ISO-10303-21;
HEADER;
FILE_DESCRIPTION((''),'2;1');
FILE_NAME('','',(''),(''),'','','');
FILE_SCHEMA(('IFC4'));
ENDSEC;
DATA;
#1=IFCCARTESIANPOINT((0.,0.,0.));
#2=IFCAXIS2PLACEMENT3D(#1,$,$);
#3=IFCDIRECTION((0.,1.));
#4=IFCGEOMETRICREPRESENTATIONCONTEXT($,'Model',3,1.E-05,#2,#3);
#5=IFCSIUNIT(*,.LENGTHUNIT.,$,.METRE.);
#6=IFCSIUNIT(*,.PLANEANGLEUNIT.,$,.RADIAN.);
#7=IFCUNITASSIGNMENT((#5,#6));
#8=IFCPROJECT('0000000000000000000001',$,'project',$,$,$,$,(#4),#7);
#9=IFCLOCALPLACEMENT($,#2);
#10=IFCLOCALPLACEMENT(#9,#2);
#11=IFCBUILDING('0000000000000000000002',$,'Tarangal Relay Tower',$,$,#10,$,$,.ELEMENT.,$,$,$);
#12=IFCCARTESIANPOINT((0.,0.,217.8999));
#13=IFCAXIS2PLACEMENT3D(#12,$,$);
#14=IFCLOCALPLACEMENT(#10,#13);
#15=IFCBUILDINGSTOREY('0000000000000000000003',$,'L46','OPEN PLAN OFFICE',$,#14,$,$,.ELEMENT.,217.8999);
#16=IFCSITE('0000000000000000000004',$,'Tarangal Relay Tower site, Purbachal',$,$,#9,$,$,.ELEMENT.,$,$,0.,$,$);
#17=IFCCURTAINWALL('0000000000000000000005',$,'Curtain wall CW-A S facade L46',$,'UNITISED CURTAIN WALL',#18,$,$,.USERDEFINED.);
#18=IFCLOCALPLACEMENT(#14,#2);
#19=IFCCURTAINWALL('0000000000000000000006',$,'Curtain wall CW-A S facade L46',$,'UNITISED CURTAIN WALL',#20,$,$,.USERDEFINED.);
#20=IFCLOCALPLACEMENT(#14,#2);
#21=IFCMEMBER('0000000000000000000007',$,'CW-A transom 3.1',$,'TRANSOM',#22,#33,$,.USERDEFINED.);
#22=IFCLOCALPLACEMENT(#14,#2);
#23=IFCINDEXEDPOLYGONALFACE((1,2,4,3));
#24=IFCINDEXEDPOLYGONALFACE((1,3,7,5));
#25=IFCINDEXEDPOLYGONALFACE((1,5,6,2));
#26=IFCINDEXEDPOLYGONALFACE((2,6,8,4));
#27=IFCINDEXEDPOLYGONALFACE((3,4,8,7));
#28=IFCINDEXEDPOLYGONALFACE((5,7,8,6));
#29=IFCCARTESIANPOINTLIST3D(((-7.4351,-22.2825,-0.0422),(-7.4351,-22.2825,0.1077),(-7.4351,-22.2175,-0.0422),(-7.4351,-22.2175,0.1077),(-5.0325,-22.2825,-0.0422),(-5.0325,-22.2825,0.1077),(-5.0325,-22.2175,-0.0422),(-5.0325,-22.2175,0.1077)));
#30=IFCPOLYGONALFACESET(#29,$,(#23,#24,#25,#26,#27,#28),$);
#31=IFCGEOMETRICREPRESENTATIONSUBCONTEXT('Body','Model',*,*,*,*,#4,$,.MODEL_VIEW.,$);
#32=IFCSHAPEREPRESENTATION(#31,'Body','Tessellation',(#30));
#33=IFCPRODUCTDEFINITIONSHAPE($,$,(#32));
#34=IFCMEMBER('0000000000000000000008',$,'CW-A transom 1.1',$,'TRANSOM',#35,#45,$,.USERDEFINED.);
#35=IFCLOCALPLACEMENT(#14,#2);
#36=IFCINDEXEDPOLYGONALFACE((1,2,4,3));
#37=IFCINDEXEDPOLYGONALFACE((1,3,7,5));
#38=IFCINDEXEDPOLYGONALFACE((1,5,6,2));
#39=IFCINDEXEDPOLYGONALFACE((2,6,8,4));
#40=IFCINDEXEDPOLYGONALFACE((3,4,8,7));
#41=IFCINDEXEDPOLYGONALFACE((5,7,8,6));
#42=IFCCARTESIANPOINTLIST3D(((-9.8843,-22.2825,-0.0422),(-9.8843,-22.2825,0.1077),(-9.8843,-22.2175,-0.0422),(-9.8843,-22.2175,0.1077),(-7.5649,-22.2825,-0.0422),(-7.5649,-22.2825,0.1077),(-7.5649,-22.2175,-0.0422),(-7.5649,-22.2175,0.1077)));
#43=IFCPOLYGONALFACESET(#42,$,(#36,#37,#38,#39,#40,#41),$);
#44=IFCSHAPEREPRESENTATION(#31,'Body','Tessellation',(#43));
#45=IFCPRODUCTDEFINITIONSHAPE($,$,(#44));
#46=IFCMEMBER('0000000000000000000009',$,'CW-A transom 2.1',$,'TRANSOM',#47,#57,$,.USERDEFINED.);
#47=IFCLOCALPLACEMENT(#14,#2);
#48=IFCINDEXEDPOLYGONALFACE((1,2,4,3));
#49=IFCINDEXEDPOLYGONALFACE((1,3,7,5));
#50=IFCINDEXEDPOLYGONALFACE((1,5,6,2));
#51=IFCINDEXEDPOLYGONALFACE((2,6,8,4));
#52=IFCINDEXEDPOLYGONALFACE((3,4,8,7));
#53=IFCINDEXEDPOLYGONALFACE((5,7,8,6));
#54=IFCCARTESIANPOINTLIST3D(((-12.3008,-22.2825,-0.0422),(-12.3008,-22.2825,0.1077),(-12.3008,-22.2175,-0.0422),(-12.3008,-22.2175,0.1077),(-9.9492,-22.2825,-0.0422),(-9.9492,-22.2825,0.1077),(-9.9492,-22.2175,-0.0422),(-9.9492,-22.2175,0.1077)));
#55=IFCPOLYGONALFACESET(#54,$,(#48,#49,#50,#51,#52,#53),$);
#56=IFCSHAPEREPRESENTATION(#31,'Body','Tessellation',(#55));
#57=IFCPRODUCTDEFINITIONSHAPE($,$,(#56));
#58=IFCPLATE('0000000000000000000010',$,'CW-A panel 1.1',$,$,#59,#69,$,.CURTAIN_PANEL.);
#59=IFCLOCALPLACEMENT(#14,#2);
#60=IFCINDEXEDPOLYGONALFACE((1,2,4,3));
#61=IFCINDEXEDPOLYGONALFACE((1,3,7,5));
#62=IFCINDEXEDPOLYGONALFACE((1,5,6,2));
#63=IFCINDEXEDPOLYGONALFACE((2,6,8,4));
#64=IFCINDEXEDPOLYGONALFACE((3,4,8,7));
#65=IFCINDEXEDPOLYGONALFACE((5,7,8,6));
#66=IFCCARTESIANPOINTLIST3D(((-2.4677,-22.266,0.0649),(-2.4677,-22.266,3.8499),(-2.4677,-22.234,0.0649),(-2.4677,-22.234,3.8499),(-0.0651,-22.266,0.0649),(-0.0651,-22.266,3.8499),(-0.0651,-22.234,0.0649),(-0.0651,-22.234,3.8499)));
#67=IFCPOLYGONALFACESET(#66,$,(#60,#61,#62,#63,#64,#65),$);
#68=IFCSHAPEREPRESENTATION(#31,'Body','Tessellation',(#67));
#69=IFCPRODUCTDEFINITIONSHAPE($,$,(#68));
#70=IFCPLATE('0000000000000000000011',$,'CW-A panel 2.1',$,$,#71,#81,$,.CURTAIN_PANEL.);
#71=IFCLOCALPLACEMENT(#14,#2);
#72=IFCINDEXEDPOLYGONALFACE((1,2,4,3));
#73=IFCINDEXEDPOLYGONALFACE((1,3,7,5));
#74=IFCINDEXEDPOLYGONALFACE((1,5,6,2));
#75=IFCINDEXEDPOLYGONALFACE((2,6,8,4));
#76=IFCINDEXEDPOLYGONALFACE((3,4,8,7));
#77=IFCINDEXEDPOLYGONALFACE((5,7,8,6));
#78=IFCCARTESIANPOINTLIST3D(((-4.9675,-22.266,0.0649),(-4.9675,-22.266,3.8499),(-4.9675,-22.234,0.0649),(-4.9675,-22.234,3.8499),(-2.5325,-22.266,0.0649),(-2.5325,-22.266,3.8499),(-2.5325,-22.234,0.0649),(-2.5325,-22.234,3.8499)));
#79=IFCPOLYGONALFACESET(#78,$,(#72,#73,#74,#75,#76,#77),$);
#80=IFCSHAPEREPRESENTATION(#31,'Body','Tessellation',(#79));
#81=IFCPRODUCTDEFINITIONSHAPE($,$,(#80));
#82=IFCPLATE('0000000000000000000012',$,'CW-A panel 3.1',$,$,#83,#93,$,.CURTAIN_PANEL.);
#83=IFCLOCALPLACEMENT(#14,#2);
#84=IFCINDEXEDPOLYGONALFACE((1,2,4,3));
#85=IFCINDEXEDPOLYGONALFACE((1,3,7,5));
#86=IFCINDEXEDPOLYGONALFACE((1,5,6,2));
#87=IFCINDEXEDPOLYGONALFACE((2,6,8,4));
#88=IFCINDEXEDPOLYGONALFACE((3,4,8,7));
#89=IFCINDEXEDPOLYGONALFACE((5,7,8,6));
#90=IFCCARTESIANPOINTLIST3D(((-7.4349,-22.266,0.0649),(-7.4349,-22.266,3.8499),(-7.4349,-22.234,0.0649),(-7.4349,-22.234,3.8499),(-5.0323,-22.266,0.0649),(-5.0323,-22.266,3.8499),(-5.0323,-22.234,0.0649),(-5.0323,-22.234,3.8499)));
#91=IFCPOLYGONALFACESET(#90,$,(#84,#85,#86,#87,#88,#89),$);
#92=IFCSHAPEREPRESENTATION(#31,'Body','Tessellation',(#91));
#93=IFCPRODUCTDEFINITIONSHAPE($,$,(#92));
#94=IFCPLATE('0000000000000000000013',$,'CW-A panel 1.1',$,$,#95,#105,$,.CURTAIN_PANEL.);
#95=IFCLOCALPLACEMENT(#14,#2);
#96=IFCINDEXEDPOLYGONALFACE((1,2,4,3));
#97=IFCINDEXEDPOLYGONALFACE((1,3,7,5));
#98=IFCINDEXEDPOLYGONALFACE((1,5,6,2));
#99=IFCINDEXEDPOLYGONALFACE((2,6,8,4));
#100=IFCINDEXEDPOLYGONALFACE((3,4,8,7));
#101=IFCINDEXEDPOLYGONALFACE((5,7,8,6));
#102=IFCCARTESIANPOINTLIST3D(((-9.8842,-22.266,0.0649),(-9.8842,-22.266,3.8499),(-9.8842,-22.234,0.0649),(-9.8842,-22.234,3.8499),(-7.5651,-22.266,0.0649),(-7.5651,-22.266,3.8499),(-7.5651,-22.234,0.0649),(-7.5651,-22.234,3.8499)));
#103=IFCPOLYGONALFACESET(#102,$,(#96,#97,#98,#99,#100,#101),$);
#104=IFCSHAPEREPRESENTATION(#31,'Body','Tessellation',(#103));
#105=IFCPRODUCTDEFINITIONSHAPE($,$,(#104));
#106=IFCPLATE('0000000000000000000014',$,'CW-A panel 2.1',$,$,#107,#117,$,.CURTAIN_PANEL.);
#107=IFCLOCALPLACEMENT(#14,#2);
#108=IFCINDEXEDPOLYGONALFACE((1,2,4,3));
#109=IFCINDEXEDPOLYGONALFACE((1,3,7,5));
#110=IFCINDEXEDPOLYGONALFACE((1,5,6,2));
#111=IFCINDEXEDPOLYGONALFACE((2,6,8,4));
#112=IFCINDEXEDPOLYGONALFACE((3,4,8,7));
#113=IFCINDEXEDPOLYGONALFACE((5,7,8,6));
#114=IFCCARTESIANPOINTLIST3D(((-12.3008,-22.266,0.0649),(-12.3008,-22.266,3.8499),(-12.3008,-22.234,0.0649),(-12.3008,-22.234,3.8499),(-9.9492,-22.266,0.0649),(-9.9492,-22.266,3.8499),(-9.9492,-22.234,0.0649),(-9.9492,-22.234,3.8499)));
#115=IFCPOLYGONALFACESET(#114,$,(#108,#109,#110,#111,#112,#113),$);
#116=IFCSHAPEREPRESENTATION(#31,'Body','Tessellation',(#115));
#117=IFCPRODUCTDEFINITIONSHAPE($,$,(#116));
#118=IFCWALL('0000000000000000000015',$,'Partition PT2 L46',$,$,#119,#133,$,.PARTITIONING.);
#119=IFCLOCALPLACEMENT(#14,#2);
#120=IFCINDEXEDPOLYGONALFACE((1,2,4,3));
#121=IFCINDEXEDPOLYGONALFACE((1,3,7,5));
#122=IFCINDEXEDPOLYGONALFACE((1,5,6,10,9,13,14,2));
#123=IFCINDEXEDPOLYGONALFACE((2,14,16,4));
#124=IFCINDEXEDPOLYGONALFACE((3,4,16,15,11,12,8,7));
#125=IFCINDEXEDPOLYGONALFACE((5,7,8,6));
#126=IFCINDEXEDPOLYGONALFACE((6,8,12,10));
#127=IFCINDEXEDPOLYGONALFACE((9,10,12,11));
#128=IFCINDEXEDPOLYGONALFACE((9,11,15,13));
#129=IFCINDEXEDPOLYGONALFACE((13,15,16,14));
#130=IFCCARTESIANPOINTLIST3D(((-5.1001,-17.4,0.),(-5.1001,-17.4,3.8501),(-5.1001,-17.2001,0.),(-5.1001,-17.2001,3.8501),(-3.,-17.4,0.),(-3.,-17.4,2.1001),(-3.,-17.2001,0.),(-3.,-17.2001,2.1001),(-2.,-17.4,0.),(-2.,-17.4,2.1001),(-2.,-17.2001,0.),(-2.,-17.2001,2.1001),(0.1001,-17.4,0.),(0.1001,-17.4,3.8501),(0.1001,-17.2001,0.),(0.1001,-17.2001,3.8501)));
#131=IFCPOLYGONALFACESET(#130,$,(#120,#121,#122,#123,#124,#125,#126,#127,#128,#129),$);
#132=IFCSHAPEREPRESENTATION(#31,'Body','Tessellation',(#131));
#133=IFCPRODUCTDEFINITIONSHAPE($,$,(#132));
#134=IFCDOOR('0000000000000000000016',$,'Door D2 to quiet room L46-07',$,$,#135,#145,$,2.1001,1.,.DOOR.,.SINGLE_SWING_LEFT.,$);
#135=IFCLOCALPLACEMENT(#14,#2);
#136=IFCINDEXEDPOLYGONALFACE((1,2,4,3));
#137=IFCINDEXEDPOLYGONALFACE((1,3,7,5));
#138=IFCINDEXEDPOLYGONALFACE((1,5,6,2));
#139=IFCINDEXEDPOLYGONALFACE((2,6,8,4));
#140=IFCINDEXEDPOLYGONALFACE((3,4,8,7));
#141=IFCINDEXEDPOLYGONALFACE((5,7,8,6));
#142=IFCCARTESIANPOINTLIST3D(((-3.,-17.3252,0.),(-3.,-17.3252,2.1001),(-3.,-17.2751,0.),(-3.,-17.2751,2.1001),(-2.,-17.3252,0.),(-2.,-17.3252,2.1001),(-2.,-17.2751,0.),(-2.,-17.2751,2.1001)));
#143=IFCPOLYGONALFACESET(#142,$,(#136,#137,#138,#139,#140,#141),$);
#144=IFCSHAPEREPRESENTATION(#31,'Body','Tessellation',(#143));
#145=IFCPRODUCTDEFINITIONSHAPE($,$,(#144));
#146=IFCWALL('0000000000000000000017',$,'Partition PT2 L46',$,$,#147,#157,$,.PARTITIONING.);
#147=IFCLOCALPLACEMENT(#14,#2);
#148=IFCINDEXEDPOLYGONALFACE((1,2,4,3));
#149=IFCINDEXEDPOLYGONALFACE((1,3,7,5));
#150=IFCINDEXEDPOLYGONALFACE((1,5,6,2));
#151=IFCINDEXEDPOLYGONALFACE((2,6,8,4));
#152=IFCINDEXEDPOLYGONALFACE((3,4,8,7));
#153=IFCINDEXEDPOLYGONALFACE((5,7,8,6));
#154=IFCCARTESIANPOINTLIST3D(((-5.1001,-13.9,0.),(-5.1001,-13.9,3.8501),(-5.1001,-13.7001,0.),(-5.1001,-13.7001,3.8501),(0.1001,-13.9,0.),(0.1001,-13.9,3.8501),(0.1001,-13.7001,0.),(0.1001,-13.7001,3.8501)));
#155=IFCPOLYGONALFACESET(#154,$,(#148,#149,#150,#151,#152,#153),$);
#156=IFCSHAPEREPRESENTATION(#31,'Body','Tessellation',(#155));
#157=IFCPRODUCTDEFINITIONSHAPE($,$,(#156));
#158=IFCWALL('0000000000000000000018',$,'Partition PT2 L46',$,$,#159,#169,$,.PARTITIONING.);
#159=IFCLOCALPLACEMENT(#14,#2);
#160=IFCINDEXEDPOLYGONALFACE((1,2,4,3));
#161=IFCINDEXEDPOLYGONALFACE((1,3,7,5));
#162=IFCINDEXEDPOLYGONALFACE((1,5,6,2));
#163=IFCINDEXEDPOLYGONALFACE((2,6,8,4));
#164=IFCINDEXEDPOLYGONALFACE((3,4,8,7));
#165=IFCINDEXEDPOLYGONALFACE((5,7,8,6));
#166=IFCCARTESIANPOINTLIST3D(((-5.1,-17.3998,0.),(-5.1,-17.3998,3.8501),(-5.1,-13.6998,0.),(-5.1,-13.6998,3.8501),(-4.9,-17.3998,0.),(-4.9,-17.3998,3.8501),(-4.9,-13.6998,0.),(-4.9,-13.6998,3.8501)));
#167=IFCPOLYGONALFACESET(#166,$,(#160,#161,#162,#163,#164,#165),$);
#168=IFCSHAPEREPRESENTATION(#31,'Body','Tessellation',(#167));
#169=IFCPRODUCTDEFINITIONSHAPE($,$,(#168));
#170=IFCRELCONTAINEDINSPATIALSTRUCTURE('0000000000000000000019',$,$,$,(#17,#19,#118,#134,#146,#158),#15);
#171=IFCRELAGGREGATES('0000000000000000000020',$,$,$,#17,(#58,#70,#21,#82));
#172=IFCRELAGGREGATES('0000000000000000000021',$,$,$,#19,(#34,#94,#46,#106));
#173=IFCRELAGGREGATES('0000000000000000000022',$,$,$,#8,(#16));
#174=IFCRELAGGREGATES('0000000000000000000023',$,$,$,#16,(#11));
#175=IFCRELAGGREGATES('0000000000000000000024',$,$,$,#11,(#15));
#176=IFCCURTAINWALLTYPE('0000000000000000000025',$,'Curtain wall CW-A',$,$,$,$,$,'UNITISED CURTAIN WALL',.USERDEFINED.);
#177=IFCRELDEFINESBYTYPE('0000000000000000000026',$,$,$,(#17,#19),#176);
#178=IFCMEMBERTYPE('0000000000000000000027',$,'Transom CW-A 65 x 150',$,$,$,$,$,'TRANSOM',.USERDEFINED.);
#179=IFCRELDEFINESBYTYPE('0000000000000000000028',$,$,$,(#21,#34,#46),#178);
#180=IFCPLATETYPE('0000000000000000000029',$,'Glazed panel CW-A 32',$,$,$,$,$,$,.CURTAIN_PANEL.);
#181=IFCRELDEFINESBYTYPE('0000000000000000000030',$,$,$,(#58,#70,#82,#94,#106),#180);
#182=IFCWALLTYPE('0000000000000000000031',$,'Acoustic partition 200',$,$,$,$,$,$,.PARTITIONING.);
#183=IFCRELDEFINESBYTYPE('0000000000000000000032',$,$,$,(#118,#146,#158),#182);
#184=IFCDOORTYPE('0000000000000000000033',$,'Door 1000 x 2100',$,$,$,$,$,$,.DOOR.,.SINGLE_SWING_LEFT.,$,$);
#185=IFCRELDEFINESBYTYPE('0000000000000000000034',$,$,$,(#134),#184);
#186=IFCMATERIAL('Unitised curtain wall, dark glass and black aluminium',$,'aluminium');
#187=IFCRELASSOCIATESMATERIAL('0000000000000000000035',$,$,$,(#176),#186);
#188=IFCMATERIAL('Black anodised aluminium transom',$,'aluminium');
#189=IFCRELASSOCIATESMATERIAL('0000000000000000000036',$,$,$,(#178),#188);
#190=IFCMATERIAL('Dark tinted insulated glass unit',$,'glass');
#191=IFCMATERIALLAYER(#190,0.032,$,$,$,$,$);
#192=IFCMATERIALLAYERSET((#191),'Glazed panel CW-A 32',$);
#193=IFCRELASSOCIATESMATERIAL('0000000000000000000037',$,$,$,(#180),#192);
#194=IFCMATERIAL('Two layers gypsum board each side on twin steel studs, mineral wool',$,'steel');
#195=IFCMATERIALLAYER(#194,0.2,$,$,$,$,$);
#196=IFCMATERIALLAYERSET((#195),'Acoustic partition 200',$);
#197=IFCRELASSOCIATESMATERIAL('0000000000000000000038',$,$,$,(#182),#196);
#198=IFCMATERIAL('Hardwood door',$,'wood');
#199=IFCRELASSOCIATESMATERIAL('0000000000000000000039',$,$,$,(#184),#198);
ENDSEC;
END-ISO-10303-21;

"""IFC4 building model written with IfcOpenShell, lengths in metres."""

from ifc_helpers import new_model, si_unit, direction, frame, frame_2d, origin, origin_2d, place, context, subcontext, project, spatial, rectangle, extrude, material, layer, layer_set, material_profile, profile_set, type_object, element, fill, aggregate, save


model = new_model("IFC4")

# Units and contexts
model_context = context("Model", 3, precision=1e-05, world=origin(), true_north=direction((0.0, 1.0)))
body_context = subcontext(model_context, "Body", "Model", "MODEL_VIEW")
ifc_project = project(units=[si_unit("LENGTHUNIT", "METRE"), si_unit("PLANEANGLEUNIT", "RADIAN")], contexts=[model_context])

# Site, building, storey
site_placement = place(None, origin())
site = spatial("IfcSite", under=ifc_project, at=site_placement, Name="Tarangal Relay Tower site, Purbachal", CompositionType="ELEMENT", RefElevation=0.0)
building_placement = place(site_placement, origin())
building = spatial("IfcBuilding", under=site, at=building_placement, Name="Tarangal Relay Tower", CompositionType="ELEMENT")
storey_placement = place(building_placement, frame((0.0, 0.0, 217.8999)))
storey = spatial("IfcBuildingStorey", under=building, at=storey_placement, Name="L46", Description="OPEN PLAN OFFICE", CompositionType="ELEMENT", Elevation=217.8999)

# Curtain walls
ifc_material_1 = material(Name="Unitised curtain wall, dark glass and black aluminium", Category="aluminium")
curtain_wall_type = type_object("IfcCurtainWallType", Name="Curtain wall CW-A", ElementType="UNITISED CURTAIN WALL", PredefinedType="USERDEFINED", material=ifc_material_1)
curtain_wall_1_placement = place(storey_placement, origin())
curtain_wall_1 = element("IfcCurtainWall", 1, at=curtain_wall_1_placement, inside=storey, type_object=curtain_wall_type, Name="Curtain wall CW-A S facade L46", ObjectType="UNITISED CURTAIN WALL", PredefinedType="USERDEFINED")
curtain_wall_2_placement = place(storey_placement, origin())
curtain_wall_2 = element("IfcCurtainWall", 2, at=curtain_wall_2_placement, inside=storey, type_object=curtain_wall_type, Name="Curtain wall CW-A S facade L46", ObjectType="UNITISED CURTAIN WALL", PredefinedType="USERDEFINED")

# Members
ifc_material_2 = material(Name="Black anodised aluminium transom", Category="aluminium")
ifc_material_profile_1 = material_profile(ifc_material_2, rectangle(XDim=0.0649, YDim=0.1499, at=origin_2d()), Name="CW-AT 65X150")
ifc_profile_set_1 = profile_set([ifc_material_profile_1], Name="Black anodised aluminium transom")
member_type_1 = type_object("IfcMemberType", Name="Transom CW-A 65 x 150", ElementType="TRANSOM", PredefinedType="USERDEFINED", material=ifc_profile_set_1)
member_1_placement = place(storey_placement, frame((-5.0325, -22.25, 0.0327), z_axis=(-1.0, 0.0, 0.0), x_axis=(0.0, -1.0, 0.0)))
member_1 = element("IfcMember", 3, at=member_1_placement, type_object=member_type_1, Name="CW-A transom 3.1", ObjectType="TRANSOM", PredefinedType="USERDEFINED", context=body_context, shape_type="SweptSolid", body=[
    extrude(rectangle(XDim=0.0649, YDim=0.1499, at=origin_2d()), origin(), (0.0, 0.0, 1.0), 2.4026),
])
member_2_placement = place(storey_placement, frame((-7.5649, -22.25, 0.0327), z_axis=(-1.0, 0.0, 0.0), x_axis=(0.0, -1.0, 0.0)))
member_2 = element("IfcMember", 4, at=member_2_placement, type_object=member_type_1, Name="CW-A transom 1.1", ObjectType="TRANSOM", PredefinedType="USERDEFINED", context=body_context, shape_type="SweptSolid", body=[
    extrude(rectangle(XDim=0.0649, YDim=0.1499, at=origin_2d()), origin(), (0.0, 0.0, 1.0), 2.3193),
])
member_3_placement = place(storey_placement, frame((-9.9492, -22.25, 0.0327), z_axis=(-1.0, 0.0, 0.0), x_axis=(0.0, -1.0, 0.0)))
member_3 = element("IfcMember", 5, at=member_3_placement, type_object=member_type_1, Name="CW-A transom 2.1", ObjectType="TRANSOM", PredefinedType="USERDEFINED", context=body_context, shape_type="SweptSolid", body=[
    extrude(rectangle(XDim=0.0649, YDim=0.1499, at=origin_2d()), origin(), (0.0, 0.0, 1.0), 2.3516),
])

# Plates
ifc_material_3 = material(Name="Dark tinted insulated glass unit", Category="glass")
ifc_layer_1 = layer(ifc_material_3, 0.032)
ifc_layer_set_1 = layer_set([ifc_layer_1], Name="Glazed panel CW-A 32")
plate_type = type_object("IfcPlateType", Name="Glazed panel CW-A 32", PredefinedType="CURTAIN_PANEL", material=ifc_layer_set_1)
plate_1_placement = place(storey_placement, frame((-1.2664, -22.25, 0.0649), z_axis=(0.0, 0.0, 1.0), x_axis=(-1.0, 0.0, 0.0)))
plate_1 = element("IfcPlate", 6, at=plate_1_placement, type_object=plate_type, Name="CW-A panel 1.1", PredefinedType="CURTAIN_PANEL", context=body_context, shape_type="SweptSolid", body=[
    extrude(rectangle(XDim=2.4026, YDim=0.032, at=origin_2d()), origin(), (0.0, 0.0, 1.0), 3.7849),
])
plate_2_placement = place(storey_placement, frame((-3.75, -22.25, 0.0649), z_axis=(0.0, 0.0, 1.0), x_axis=(-1.0, 0.0, 0.0)))
plate_2 = element("IfcPlate", 7, at=plate_2_placement, type_object=plate_type, Name="CW-A panel 2.1", PredefinedType="CURTAIN_PANEL", context=body_context, shape_type="SweptSolid", body=[
    extrude(rectangle(XDim=2.4351, YDim=0.032, at=origin_2d()), origin(), (0.0, 0.0, 1.0), 3.7849),
])
plate_3_placement = place(storey_placement, frame((-6.2336, -22.25, 0.0649), z_axis=(0.0, 0.0, 1.0), x_axis=(-1.0, 0.0, 0.0)))
plate_3 = element("IfcPlate", 8, at=plate_3_placement, type_object=plate_type, Name="CW-A panel 3.1", PredefinedType="CURTAIN_PANEL", context=body_context, shape_type="SweptSolid", body=[
    extrude(rectangle(XDim=2.4026, YDim=0.032, at=origin_2d()), origin(), (0.0, 0.0, 1.0), 3.7849),
])
aggregate(curtain_wall_1, [plate_1, plate_2, member_1, plate_3])
plate_4_placement = place(storey_placement, frame((-8.7246, -22.25, 0.0649), z_axis=(0.0, 0.0, 1.0), x_axis=(-1.0, 0.0, 0.0)))
plate_4 = element("IfcPlate", 9, at=plate_4_placement, type_object=plate_type, Name="CW-A panel 1.1", PredefinedType="CURTAIN_PANEL", context=body_context, shape_type="SweptSolid", body=[
    extrude(rectangle(XDim=2.3191, YDim=0.032, at=origin_2d()), origin(), (0.0, 0.0, 1.0), 3.7849),
])
plate_5_placement = place(storey_placement, frame((-11.125, -22.25, 0.0649), z_axis=(0.0, 0.0, 1.0), x_axis=(-1.0, 0.0, 0.0)))
plate_5 = element("IfcPlate", 10, at=plate_5_placement, type_object=plate_type, Name="CW-A panel 2.1", PredefinedType="CURTAIN_PANEL", context=body_context, shape_type="SweptSolid", body=[
    extrude(rectangle(XDim=2.3516, YDim=0.032, at=origin_2d()), origin(), (0.0, 0.0, 1.0), 3.7849),
])
aggregate(curtain_wall_2, [member_2, plate_4, member_3, plate_5])

# Wall, opening, door
ifc_material_4 = material(Name="Two layers gypsum board each side on twin steel studs, mineral wool", Category="steel")
ifc_layer_2 = layer(ifc_material_4, 0.2)
ifc_layer_set_2 = layer_set([ifc_layer_2], Name="Acoustic partition 200")
wall_type_1 = type_object("IfcWallType", Name="Acoustic partition 200", PredefinedType="PARTITIONING", material=ifc_layer_set_2)
wall_1_placement = place(storey_placement, frame((-5.1001, -17.3, 0.0), z_axis=(0.0, 0.0, 1.0), x_axis=(1.0, 0.0, 0.0)))
wall_1 = element("IfcWall", 11, at=wall_1_placement, inside=storey, type_object=wall_type_1, Name="Partition PT2 L46", PredefinedType="PARTITIONING", context=body_context, shape_type="SweptSolid", body=[
    extrude(rectangle(XDim=5.2002, YDim=0.2, at=frame_2d((2.6001, 0.0))), origin(), (0.0, 0.0, 1.0), 3.8501),
])
opening_1_placement = place(wall_1_placement, frame((2.1001, 0.0, 0.0)))
opening_1 = element("IfcOpeningElement", 12, at=opening_1_placement, cuts=wall_1, PredefinedType="OPENING", context=body_context, shape_type="SweptSolid", body=[
    extrude(rectangle(XDim=1.0, YDim=2.1001, at=frame_2d((0.5, 1.05))), frame((0.0, 0.1099, 0.0), z_axis=(0.0, -1.0, 0.0), x_axis=(1.0, 0.0, 0.0)), (0.0, 0.0, 1.0), 0.22),
])
ifc_material_5 = material(Name="Hardwood door", Category="wood")
door_type_1 = type_object("IfcDoorType", Name="Door 1000 x 2100", OperationType="SINGLE_SWING_LEFT", PredefinedType="DOOR", material=ifc_material_5)
door_1_placement = place(opening_1_placement, origin())
door_1 = element("IfcDoor", 13, at=door_1_placement, inside=storey, type_object=door_type_1, Name="Door D2 to quiet room L46-07", OperationType="SINGLE_SWING_LEFT", OverallHeight=2.1001, OverallWidth=1.0, PredefinedType="DOOR", context=body_context, shape_type="SweptSolid", body=[
    extrude(rectangle(XDim=1.0, YDim=2.1001, at=frame_2d((0.5, 1.05))), frame((0.0, 0.0249, 0.0), z_axis=(0.0, -1.0, 0.0), x_axis=(1.0, 0.0, 0.0)), (0.0, 0.0, 1.0), 0.05),
])
fill(opening_1, door_1)

# Walls
wall_2_placement = place(storey_placement, frame((-5.1001, -13.8, 0.0), z_axis=(0.0, 0.0, 1.0), x_axis=(1.0, 0.0, 0.0)))
element("IfcWall", 14, at=wall_2_placement, inside=storey, type_object=wall_type_1, Name="Partition PT2 L46", PredefinedType="PARTITIONING", context=body_context, shape_type="SweptSolid", body=[
    extrude(rectangle(XDim=5.2002, YDim=0.2, at=frame_2d((2.6001, 0.0))), origin(), (0.0, 0.0, 1.0), 3.8501),
])
wall_3_placement = place(storey_placement, frame((-5.0, -17.3999, 0.0), z_axis=(0.0, 0.0, 1.0), x_axis=(0.0, 1.0, 0.0)))
element("IfcWall", 15, at=wall_3_placement, inside=storey, type_object=wall_type_1, Name="Partition PT2 L46", PredefinedType="PARTITIONING", context=body_context, shape_type="SweptSolid", body=[
    extrude(rectangle(XDim=3.7, YDim=0.2, at=frame_2d((1.8501, 0.0))), origin(), (0.0, 0.0, 1.0), 3.8501),
])

save(model, "model.ifc")
